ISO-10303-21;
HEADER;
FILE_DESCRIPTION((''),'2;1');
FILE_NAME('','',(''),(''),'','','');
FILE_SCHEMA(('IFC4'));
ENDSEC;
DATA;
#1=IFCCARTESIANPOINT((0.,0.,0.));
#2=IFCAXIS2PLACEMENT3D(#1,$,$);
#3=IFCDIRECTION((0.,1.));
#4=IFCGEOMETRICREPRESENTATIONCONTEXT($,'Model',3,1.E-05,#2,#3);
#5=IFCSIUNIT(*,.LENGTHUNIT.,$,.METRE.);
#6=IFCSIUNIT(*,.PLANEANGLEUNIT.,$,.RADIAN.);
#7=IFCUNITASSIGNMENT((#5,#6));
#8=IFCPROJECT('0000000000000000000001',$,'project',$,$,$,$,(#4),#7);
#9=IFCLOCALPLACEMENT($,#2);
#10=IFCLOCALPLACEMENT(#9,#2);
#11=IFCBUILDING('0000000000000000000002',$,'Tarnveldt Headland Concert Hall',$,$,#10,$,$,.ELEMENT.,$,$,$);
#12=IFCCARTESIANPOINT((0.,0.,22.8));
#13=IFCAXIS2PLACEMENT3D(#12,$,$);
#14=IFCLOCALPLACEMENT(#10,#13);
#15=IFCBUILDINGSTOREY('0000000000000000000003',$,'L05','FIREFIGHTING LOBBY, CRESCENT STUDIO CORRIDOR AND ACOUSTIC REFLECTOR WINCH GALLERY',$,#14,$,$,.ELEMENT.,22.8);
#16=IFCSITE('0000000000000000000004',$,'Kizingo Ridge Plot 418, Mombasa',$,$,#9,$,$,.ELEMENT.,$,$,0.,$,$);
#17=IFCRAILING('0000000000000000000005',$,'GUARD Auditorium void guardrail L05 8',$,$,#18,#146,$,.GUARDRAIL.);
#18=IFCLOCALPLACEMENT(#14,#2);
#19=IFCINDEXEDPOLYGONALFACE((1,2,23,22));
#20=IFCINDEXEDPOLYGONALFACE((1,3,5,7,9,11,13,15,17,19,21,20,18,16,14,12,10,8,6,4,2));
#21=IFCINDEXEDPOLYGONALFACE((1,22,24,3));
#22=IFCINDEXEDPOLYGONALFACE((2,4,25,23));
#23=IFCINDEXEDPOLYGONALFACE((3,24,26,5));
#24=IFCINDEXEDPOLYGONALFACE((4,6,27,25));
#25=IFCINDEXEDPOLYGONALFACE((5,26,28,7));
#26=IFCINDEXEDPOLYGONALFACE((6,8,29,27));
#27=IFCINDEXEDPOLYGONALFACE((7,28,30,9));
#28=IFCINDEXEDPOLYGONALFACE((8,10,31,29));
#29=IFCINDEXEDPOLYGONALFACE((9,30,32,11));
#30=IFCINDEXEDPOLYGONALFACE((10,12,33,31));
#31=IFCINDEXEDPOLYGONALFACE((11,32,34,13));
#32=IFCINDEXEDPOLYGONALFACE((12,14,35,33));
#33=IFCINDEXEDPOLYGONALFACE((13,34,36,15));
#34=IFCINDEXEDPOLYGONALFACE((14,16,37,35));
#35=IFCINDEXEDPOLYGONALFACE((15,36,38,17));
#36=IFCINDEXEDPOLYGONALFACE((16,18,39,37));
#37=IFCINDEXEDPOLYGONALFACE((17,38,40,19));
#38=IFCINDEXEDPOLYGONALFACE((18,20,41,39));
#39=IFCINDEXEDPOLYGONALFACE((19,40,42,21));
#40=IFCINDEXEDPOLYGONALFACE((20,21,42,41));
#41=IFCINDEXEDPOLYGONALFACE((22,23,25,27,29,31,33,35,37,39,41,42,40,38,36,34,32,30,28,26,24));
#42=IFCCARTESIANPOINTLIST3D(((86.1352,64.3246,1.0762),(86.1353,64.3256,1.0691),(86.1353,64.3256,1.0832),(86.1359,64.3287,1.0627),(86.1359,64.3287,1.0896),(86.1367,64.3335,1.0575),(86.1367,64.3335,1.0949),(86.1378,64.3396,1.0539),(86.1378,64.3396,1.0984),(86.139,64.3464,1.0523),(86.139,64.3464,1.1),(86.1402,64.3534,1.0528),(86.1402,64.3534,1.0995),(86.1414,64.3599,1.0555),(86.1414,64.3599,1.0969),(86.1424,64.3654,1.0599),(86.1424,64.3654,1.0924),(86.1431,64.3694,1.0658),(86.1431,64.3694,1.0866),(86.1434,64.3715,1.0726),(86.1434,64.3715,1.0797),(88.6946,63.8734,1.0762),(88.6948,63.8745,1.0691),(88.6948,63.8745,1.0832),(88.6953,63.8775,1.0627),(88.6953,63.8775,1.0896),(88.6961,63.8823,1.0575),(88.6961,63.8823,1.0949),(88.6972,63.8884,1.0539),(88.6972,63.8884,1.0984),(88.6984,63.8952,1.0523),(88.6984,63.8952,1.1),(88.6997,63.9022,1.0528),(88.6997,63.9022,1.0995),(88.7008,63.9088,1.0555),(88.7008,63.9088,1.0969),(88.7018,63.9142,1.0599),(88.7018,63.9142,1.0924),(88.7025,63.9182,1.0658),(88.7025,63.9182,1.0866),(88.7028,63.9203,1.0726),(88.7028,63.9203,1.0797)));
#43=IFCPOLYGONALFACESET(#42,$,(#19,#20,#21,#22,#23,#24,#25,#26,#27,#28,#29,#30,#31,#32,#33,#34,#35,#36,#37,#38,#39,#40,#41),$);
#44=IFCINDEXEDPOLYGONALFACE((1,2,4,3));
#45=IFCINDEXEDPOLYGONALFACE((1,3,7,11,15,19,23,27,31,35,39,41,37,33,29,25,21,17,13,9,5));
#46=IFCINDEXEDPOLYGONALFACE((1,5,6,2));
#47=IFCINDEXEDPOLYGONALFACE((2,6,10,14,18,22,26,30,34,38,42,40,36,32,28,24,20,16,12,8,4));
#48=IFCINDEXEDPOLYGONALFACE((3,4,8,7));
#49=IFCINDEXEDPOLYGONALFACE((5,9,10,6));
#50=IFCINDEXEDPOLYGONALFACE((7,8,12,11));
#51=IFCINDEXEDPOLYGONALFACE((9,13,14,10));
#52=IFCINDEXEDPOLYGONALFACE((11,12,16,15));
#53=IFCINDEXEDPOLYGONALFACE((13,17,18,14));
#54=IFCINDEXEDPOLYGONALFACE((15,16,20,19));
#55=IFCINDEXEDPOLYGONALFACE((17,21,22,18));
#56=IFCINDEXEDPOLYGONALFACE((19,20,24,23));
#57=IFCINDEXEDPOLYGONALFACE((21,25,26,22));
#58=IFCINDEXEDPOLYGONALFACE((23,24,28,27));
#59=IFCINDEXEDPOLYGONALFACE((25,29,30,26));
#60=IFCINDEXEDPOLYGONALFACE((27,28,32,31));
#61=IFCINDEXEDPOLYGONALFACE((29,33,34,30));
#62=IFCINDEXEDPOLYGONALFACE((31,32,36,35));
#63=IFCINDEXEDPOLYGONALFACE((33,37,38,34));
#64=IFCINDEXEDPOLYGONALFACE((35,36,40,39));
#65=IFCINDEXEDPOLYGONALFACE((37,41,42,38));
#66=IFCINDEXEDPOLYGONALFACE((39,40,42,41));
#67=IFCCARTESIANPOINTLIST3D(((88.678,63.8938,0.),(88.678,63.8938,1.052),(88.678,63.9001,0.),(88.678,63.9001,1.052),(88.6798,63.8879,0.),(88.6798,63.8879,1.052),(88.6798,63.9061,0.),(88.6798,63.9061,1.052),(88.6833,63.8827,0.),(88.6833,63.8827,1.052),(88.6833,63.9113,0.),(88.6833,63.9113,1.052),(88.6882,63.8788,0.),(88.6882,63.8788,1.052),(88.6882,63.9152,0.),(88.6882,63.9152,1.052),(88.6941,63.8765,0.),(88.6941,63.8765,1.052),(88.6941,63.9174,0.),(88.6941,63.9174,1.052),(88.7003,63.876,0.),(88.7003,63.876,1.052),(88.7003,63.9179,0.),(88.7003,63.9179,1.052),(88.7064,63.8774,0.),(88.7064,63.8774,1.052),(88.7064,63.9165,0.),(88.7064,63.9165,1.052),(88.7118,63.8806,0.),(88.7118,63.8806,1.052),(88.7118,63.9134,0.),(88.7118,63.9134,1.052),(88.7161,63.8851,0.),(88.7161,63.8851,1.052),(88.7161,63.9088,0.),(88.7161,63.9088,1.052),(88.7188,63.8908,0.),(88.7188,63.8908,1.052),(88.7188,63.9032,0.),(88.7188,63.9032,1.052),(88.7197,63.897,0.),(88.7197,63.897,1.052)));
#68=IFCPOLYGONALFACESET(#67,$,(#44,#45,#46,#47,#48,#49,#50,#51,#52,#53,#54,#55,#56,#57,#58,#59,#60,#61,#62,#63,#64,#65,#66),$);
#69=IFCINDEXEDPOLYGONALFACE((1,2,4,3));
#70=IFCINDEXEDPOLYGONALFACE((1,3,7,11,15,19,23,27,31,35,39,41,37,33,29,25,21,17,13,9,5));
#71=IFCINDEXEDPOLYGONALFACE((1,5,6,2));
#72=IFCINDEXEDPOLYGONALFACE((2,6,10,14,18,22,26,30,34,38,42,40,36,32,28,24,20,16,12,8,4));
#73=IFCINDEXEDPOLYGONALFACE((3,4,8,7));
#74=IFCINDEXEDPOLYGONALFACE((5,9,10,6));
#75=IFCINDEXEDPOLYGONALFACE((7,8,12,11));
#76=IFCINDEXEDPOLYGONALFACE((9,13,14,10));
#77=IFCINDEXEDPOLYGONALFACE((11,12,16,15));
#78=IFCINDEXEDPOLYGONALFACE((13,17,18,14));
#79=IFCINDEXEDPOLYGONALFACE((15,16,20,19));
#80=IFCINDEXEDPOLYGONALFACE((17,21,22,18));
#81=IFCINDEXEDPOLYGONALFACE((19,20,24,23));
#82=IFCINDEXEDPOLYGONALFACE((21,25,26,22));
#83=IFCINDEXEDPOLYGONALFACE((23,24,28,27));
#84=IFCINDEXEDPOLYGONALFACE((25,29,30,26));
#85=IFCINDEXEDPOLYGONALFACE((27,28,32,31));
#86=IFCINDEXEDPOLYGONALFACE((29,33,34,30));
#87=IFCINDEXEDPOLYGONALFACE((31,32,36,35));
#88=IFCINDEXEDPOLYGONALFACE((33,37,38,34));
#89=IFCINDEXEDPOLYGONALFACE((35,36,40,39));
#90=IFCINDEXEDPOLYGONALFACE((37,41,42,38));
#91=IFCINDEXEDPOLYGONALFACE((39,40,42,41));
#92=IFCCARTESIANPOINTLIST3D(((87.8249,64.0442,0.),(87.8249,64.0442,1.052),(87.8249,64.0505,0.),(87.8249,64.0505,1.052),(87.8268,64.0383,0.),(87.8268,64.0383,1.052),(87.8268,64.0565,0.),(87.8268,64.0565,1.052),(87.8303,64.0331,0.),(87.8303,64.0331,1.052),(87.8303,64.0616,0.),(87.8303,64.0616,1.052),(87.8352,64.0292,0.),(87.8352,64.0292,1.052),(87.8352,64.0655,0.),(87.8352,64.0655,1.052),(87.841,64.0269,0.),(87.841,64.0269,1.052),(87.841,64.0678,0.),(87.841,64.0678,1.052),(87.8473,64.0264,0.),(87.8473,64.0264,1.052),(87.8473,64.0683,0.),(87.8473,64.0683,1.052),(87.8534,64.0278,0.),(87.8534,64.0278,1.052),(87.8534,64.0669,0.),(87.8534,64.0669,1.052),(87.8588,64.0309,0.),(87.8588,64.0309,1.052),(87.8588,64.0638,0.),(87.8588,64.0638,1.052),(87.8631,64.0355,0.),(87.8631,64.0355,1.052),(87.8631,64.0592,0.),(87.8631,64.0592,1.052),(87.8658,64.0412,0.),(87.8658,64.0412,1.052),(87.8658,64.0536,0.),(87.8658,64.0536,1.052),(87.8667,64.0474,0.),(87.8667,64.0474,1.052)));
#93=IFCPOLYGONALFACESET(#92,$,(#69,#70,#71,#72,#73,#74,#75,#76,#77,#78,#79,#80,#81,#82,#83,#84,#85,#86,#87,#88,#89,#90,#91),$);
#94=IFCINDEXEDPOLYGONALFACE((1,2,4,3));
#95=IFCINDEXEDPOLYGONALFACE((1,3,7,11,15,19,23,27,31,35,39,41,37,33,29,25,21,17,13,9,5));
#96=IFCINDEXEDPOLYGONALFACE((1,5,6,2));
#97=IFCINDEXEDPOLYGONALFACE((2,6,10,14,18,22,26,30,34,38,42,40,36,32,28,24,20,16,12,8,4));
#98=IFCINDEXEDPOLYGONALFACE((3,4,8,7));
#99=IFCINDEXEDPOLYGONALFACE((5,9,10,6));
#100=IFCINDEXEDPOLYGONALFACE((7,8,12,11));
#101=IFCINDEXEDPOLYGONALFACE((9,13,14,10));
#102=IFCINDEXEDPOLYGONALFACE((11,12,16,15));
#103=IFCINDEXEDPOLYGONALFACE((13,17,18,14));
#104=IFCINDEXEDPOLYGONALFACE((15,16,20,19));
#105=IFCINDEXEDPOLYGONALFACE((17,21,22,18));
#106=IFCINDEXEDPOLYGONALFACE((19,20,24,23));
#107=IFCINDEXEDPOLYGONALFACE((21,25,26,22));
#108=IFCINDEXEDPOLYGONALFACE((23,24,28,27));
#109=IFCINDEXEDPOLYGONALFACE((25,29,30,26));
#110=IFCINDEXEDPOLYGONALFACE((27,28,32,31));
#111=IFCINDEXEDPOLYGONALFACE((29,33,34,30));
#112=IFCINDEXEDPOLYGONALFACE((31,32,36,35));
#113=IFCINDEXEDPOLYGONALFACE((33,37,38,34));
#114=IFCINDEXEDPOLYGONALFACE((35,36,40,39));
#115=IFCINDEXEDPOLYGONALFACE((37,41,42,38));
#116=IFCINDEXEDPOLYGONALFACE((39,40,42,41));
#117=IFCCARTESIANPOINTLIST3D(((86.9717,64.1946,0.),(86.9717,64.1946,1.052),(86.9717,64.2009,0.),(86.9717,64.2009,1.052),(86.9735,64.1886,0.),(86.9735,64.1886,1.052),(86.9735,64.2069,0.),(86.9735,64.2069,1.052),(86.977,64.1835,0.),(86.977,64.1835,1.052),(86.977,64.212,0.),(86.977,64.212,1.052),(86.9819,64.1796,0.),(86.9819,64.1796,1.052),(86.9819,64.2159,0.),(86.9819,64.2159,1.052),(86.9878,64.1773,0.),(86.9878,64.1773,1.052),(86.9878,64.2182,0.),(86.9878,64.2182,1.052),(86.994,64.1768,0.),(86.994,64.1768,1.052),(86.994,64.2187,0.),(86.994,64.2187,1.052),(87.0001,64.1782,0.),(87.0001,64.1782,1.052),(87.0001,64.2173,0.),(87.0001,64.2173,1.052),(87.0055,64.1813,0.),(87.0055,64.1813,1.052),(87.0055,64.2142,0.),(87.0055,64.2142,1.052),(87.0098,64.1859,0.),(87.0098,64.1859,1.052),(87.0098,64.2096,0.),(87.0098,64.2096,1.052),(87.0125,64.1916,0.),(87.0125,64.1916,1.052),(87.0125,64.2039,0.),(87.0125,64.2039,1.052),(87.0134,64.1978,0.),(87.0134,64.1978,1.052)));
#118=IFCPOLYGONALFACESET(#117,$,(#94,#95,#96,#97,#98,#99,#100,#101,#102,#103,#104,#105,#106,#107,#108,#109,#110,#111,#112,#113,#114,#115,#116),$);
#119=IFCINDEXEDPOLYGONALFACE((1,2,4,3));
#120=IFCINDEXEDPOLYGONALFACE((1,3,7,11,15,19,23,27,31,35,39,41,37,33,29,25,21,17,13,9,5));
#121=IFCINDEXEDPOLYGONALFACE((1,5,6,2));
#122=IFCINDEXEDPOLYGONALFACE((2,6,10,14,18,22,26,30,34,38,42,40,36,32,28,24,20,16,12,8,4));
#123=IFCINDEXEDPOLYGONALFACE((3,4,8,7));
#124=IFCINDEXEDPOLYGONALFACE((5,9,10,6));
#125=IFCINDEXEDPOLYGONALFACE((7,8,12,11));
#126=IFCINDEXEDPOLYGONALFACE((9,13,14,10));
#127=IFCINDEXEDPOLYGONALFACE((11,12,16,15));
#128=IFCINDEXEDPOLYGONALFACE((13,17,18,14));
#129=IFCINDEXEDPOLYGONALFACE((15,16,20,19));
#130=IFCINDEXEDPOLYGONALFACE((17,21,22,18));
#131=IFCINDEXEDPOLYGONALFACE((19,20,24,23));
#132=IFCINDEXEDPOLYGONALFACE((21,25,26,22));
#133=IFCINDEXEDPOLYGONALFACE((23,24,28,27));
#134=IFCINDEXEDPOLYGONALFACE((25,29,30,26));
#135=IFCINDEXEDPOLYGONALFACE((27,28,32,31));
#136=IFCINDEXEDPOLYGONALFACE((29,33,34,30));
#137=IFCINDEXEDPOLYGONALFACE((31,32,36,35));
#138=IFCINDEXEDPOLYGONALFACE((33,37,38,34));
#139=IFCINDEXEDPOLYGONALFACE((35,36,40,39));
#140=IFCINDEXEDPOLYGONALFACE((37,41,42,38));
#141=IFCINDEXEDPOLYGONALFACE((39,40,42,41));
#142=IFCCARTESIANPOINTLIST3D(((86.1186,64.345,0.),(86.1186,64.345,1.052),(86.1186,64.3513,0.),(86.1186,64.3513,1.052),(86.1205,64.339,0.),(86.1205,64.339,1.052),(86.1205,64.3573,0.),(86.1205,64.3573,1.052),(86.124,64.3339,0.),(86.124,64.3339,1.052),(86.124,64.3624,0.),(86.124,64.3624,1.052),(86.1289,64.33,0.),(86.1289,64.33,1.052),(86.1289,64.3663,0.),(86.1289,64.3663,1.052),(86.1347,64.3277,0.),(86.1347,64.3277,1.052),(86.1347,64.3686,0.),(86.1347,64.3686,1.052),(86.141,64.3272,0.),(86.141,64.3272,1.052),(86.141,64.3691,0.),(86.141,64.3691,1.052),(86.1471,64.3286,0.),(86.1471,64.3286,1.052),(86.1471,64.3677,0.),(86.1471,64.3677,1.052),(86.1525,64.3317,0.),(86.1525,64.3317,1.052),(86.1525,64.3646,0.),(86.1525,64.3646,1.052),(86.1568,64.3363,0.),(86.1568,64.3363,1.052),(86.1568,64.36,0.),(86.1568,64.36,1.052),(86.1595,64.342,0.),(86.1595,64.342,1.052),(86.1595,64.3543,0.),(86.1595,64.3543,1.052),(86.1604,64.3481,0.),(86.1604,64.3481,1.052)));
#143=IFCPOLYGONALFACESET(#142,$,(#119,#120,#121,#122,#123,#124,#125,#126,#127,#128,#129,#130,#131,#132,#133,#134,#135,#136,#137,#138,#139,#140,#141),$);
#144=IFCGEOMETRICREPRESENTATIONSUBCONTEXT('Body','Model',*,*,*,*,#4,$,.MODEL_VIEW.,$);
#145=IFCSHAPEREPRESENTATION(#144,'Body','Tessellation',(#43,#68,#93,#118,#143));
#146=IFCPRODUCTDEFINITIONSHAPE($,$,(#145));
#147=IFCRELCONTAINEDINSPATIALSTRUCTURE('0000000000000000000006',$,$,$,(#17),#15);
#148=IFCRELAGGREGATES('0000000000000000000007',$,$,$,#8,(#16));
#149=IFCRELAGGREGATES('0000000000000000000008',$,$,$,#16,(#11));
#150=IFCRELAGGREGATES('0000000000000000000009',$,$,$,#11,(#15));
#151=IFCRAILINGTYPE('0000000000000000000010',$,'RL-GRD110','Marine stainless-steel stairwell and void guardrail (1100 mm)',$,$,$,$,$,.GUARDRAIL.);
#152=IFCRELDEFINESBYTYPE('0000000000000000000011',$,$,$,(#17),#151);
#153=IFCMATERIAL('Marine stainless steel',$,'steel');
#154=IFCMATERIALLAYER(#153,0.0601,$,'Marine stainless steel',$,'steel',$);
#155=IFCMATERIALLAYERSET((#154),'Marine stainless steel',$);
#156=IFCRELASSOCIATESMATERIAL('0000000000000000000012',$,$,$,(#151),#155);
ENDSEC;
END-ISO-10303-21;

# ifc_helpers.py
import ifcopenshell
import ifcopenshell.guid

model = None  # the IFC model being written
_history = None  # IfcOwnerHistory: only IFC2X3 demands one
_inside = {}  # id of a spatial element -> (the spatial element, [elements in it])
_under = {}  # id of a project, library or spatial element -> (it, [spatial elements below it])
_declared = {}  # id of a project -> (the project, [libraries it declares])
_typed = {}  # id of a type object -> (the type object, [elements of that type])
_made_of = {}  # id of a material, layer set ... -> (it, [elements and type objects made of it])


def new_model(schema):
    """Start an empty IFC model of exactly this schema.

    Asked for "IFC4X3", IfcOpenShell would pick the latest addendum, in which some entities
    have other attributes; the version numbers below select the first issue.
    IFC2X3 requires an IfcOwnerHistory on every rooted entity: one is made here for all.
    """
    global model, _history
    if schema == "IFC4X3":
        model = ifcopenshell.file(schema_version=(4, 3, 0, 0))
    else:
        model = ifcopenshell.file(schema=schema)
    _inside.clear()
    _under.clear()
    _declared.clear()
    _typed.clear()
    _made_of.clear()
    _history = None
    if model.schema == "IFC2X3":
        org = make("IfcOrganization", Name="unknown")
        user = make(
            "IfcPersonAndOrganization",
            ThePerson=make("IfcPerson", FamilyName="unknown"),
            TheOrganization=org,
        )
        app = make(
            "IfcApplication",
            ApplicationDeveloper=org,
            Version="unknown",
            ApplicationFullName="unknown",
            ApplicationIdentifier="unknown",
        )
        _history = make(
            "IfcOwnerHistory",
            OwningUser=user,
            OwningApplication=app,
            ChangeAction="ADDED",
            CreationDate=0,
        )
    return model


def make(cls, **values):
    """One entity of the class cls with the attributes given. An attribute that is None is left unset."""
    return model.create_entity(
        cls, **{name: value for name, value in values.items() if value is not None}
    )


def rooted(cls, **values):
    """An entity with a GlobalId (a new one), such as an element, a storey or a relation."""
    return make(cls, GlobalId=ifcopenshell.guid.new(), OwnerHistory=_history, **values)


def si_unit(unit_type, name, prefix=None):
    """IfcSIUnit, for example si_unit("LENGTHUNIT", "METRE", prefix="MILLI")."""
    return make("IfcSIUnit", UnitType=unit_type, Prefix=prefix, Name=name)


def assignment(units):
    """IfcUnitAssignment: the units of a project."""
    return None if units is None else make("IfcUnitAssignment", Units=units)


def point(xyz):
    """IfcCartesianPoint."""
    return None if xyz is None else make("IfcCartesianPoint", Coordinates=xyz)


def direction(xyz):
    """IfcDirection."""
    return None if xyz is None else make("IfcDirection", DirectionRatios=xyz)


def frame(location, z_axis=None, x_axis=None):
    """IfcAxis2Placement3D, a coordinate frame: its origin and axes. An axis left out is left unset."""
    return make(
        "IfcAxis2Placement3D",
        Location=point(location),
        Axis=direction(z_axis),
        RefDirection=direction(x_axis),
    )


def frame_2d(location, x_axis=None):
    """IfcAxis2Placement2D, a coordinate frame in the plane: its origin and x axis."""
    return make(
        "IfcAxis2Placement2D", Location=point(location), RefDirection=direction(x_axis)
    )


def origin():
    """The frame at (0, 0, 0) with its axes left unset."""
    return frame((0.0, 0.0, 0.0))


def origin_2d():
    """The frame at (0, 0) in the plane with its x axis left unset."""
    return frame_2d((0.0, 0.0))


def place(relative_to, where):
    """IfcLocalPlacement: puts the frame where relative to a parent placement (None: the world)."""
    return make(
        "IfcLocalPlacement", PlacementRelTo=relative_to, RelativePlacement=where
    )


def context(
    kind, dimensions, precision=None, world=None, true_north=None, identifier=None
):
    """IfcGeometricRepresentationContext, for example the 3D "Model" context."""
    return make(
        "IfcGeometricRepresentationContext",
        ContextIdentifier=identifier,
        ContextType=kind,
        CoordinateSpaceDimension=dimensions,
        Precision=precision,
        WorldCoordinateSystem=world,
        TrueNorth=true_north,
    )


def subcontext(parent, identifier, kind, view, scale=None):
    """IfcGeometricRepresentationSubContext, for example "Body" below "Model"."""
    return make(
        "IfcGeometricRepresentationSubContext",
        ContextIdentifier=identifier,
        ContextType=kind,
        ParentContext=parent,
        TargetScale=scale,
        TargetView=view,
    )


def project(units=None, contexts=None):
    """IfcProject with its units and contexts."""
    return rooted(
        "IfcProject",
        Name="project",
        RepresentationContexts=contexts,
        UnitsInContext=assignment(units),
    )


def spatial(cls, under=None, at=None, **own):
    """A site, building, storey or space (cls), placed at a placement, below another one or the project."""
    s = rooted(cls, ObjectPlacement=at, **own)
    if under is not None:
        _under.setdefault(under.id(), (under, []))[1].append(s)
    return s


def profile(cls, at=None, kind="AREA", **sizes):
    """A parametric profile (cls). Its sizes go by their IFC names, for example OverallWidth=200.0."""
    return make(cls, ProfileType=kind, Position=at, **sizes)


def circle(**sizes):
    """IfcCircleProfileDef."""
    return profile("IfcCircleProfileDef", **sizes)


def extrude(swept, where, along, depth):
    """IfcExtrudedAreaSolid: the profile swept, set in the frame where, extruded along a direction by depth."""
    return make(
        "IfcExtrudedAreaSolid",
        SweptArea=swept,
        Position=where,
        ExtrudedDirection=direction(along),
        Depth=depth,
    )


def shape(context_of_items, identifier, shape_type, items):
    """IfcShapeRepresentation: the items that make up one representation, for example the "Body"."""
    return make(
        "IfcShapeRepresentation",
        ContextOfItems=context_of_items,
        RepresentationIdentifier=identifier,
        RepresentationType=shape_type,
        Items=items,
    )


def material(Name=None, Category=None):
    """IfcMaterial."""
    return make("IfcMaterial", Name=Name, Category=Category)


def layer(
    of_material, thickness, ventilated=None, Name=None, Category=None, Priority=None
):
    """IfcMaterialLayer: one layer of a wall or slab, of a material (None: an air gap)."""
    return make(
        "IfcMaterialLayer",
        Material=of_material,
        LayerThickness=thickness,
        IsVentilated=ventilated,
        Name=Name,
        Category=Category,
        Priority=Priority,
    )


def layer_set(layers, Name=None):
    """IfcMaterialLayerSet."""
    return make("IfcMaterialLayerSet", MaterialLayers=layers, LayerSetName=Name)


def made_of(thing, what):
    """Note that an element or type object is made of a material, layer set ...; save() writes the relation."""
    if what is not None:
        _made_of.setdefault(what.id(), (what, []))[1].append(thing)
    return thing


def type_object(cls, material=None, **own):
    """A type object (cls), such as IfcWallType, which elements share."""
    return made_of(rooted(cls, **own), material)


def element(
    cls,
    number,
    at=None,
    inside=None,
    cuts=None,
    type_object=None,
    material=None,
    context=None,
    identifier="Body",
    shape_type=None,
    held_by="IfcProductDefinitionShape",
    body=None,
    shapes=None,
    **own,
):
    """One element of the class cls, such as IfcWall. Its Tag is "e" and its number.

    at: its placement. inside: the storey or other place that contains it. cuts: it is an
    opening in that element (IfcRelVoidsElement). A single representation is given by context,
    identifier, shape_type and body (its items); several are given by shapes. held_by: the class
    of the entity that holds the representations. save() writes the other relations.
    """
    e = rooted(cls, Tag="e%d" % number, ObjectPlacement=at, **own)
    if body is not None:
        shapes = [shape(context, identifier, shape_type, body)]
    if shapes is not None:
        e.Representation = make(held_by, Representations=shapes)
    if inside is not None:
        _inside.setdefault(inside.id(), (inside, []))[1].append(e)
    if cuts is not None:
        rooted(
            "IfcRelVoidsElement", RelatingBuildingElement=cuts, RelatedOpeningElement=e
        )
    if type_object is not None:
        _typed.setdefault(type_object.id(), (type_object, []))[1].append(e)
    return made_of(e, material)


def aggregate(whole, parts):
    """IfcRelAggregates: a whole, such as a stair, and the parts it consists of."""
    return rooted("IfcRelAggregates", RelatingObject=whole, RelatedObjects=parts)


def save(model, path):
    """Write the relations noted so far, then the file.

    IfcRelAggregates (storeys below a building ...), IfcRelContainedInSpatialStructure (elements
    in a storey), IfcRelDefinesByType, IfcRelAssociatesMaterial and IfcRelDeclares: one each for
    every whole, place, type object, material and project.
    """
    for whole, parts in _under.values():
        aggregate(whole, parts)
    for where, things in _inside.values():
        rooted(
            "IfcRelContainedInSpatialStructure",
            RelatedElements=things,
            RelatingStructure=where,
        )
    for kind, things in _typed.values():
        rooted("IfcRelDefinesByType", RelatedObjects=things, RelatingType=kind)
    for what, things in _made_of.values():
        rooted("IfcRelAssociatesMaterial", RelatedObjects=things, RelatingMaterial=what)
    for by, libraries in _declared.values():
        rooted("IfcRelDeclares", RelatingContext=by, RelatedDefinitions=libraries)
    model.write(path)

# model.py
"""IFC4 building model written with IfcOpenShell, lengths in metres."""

from ifc_helpers import new_model, si_unit, direction, frame, origin, origin_2d, place, context, subcontext, project, spatial, circle, extrude, material, layer, layer_set, type_object, element, save


model = new_model("IFC4")

# Units and contexts
model_context = context("Model", 3, precision=1e-05, world=origin(), true_north=direction((0.0, 1.0)))
body_context = subcontext(model_context, "Body", "Model", "MODEL_VIEW")
ifc_project = project(units=[si_unit("LENGTHUNIT", "METRE"), si_unit("PLANEANGLEUNIT", "RADIAN")], contexts=[model_context])

# Site, building, storey
site_placement = place(None, origin())
site = spatial("IfcSite", under=ifc_project, at=site_placement, Name="Kizingo Ridge Plot 418, Mombasa", CompositionType="ELEMENT", RefElevation=0.0)
building_placement = place(site_placement, origin())
building = spatial("IfcBuilding", under=site, at=building_placement, Name="Tarnveldt Headland Concert Hall", CompositionType="ELEMENT")
storey_placement = place(building_placement, frame((0.0, 0.0, 22.8)))
storey = spatial("IfcBuildingStorey", under=building, at=storey_placement, Name="L05", Description="FIREFIGHTING LOBBY, CRESCENT STUDIO CORRIDOR AND ACOUSTIC REFLECTOR WINCH GALLERY", CompositionType="ELEMENT", Elevation=22.8)

# Railing
ifc_material_1 = material(Name="Marine stainless steel", Category="steel")
ifc_layer_1 = layer(ifc_material_1, 0.0601, Name="Marine stainless steel", Category="steel")
ifc_layer_set_1 = layer_set([ifc_layer_1], Name="Marine stainless steel")
railing_type = type_object("IfcRailingType", Name="RL-GRD110", Description="Marine stainless-steel stairwell and void guardrail (1100 mm)", PredefinedType="GUARDRAIL", material=ifc_layer_set_1)
railing_1_placement = place(storey_placement, frame((88.6987, 63.897, 0.0)))
element("IfcRailing", 1, at=railing_1_placement, inside=storey, type_object=railing_type, Name="GUARD Auditorium void guardrail L05 8", PredefinedType="GUARDRAIL", context=body_context, shape_type="SweptSolid", body=[
    extrude(circle(Radius=0.0239, at=origin_2d()), frame((0.0, 0.0, 1.0762), z_axis=(-0.984815, 0.173608, 0.0), x_axis=(-0.173608, -0.984815, 0.0)), (0.0, 0.0, 1.0), 2.5989),
    extrude(circle(Radius=0.021, at=origin_2d()), origin(), (0.0, 0.0, 1.0), 1.052),
    extrude(circle(Radius=0.021, at=origin_2d()), frame((-0.853, 0.1504, 0.0)), (0.0, 0.0, 1.0), 1.052),
    extrude(circle(Radius=0.021, at=origin_2d()), frame((-1.7063, 0.3008, 0.0)), (0.0, 0.0, 1.0), 1.052),
    extrude(circle(Radius=0.021, at=origin_2d()), frame((-2.5593, 0.4512, 0.0)), (0.0, 0.0, 1.0), 1.052),
])

save(model, "model.ifc")
